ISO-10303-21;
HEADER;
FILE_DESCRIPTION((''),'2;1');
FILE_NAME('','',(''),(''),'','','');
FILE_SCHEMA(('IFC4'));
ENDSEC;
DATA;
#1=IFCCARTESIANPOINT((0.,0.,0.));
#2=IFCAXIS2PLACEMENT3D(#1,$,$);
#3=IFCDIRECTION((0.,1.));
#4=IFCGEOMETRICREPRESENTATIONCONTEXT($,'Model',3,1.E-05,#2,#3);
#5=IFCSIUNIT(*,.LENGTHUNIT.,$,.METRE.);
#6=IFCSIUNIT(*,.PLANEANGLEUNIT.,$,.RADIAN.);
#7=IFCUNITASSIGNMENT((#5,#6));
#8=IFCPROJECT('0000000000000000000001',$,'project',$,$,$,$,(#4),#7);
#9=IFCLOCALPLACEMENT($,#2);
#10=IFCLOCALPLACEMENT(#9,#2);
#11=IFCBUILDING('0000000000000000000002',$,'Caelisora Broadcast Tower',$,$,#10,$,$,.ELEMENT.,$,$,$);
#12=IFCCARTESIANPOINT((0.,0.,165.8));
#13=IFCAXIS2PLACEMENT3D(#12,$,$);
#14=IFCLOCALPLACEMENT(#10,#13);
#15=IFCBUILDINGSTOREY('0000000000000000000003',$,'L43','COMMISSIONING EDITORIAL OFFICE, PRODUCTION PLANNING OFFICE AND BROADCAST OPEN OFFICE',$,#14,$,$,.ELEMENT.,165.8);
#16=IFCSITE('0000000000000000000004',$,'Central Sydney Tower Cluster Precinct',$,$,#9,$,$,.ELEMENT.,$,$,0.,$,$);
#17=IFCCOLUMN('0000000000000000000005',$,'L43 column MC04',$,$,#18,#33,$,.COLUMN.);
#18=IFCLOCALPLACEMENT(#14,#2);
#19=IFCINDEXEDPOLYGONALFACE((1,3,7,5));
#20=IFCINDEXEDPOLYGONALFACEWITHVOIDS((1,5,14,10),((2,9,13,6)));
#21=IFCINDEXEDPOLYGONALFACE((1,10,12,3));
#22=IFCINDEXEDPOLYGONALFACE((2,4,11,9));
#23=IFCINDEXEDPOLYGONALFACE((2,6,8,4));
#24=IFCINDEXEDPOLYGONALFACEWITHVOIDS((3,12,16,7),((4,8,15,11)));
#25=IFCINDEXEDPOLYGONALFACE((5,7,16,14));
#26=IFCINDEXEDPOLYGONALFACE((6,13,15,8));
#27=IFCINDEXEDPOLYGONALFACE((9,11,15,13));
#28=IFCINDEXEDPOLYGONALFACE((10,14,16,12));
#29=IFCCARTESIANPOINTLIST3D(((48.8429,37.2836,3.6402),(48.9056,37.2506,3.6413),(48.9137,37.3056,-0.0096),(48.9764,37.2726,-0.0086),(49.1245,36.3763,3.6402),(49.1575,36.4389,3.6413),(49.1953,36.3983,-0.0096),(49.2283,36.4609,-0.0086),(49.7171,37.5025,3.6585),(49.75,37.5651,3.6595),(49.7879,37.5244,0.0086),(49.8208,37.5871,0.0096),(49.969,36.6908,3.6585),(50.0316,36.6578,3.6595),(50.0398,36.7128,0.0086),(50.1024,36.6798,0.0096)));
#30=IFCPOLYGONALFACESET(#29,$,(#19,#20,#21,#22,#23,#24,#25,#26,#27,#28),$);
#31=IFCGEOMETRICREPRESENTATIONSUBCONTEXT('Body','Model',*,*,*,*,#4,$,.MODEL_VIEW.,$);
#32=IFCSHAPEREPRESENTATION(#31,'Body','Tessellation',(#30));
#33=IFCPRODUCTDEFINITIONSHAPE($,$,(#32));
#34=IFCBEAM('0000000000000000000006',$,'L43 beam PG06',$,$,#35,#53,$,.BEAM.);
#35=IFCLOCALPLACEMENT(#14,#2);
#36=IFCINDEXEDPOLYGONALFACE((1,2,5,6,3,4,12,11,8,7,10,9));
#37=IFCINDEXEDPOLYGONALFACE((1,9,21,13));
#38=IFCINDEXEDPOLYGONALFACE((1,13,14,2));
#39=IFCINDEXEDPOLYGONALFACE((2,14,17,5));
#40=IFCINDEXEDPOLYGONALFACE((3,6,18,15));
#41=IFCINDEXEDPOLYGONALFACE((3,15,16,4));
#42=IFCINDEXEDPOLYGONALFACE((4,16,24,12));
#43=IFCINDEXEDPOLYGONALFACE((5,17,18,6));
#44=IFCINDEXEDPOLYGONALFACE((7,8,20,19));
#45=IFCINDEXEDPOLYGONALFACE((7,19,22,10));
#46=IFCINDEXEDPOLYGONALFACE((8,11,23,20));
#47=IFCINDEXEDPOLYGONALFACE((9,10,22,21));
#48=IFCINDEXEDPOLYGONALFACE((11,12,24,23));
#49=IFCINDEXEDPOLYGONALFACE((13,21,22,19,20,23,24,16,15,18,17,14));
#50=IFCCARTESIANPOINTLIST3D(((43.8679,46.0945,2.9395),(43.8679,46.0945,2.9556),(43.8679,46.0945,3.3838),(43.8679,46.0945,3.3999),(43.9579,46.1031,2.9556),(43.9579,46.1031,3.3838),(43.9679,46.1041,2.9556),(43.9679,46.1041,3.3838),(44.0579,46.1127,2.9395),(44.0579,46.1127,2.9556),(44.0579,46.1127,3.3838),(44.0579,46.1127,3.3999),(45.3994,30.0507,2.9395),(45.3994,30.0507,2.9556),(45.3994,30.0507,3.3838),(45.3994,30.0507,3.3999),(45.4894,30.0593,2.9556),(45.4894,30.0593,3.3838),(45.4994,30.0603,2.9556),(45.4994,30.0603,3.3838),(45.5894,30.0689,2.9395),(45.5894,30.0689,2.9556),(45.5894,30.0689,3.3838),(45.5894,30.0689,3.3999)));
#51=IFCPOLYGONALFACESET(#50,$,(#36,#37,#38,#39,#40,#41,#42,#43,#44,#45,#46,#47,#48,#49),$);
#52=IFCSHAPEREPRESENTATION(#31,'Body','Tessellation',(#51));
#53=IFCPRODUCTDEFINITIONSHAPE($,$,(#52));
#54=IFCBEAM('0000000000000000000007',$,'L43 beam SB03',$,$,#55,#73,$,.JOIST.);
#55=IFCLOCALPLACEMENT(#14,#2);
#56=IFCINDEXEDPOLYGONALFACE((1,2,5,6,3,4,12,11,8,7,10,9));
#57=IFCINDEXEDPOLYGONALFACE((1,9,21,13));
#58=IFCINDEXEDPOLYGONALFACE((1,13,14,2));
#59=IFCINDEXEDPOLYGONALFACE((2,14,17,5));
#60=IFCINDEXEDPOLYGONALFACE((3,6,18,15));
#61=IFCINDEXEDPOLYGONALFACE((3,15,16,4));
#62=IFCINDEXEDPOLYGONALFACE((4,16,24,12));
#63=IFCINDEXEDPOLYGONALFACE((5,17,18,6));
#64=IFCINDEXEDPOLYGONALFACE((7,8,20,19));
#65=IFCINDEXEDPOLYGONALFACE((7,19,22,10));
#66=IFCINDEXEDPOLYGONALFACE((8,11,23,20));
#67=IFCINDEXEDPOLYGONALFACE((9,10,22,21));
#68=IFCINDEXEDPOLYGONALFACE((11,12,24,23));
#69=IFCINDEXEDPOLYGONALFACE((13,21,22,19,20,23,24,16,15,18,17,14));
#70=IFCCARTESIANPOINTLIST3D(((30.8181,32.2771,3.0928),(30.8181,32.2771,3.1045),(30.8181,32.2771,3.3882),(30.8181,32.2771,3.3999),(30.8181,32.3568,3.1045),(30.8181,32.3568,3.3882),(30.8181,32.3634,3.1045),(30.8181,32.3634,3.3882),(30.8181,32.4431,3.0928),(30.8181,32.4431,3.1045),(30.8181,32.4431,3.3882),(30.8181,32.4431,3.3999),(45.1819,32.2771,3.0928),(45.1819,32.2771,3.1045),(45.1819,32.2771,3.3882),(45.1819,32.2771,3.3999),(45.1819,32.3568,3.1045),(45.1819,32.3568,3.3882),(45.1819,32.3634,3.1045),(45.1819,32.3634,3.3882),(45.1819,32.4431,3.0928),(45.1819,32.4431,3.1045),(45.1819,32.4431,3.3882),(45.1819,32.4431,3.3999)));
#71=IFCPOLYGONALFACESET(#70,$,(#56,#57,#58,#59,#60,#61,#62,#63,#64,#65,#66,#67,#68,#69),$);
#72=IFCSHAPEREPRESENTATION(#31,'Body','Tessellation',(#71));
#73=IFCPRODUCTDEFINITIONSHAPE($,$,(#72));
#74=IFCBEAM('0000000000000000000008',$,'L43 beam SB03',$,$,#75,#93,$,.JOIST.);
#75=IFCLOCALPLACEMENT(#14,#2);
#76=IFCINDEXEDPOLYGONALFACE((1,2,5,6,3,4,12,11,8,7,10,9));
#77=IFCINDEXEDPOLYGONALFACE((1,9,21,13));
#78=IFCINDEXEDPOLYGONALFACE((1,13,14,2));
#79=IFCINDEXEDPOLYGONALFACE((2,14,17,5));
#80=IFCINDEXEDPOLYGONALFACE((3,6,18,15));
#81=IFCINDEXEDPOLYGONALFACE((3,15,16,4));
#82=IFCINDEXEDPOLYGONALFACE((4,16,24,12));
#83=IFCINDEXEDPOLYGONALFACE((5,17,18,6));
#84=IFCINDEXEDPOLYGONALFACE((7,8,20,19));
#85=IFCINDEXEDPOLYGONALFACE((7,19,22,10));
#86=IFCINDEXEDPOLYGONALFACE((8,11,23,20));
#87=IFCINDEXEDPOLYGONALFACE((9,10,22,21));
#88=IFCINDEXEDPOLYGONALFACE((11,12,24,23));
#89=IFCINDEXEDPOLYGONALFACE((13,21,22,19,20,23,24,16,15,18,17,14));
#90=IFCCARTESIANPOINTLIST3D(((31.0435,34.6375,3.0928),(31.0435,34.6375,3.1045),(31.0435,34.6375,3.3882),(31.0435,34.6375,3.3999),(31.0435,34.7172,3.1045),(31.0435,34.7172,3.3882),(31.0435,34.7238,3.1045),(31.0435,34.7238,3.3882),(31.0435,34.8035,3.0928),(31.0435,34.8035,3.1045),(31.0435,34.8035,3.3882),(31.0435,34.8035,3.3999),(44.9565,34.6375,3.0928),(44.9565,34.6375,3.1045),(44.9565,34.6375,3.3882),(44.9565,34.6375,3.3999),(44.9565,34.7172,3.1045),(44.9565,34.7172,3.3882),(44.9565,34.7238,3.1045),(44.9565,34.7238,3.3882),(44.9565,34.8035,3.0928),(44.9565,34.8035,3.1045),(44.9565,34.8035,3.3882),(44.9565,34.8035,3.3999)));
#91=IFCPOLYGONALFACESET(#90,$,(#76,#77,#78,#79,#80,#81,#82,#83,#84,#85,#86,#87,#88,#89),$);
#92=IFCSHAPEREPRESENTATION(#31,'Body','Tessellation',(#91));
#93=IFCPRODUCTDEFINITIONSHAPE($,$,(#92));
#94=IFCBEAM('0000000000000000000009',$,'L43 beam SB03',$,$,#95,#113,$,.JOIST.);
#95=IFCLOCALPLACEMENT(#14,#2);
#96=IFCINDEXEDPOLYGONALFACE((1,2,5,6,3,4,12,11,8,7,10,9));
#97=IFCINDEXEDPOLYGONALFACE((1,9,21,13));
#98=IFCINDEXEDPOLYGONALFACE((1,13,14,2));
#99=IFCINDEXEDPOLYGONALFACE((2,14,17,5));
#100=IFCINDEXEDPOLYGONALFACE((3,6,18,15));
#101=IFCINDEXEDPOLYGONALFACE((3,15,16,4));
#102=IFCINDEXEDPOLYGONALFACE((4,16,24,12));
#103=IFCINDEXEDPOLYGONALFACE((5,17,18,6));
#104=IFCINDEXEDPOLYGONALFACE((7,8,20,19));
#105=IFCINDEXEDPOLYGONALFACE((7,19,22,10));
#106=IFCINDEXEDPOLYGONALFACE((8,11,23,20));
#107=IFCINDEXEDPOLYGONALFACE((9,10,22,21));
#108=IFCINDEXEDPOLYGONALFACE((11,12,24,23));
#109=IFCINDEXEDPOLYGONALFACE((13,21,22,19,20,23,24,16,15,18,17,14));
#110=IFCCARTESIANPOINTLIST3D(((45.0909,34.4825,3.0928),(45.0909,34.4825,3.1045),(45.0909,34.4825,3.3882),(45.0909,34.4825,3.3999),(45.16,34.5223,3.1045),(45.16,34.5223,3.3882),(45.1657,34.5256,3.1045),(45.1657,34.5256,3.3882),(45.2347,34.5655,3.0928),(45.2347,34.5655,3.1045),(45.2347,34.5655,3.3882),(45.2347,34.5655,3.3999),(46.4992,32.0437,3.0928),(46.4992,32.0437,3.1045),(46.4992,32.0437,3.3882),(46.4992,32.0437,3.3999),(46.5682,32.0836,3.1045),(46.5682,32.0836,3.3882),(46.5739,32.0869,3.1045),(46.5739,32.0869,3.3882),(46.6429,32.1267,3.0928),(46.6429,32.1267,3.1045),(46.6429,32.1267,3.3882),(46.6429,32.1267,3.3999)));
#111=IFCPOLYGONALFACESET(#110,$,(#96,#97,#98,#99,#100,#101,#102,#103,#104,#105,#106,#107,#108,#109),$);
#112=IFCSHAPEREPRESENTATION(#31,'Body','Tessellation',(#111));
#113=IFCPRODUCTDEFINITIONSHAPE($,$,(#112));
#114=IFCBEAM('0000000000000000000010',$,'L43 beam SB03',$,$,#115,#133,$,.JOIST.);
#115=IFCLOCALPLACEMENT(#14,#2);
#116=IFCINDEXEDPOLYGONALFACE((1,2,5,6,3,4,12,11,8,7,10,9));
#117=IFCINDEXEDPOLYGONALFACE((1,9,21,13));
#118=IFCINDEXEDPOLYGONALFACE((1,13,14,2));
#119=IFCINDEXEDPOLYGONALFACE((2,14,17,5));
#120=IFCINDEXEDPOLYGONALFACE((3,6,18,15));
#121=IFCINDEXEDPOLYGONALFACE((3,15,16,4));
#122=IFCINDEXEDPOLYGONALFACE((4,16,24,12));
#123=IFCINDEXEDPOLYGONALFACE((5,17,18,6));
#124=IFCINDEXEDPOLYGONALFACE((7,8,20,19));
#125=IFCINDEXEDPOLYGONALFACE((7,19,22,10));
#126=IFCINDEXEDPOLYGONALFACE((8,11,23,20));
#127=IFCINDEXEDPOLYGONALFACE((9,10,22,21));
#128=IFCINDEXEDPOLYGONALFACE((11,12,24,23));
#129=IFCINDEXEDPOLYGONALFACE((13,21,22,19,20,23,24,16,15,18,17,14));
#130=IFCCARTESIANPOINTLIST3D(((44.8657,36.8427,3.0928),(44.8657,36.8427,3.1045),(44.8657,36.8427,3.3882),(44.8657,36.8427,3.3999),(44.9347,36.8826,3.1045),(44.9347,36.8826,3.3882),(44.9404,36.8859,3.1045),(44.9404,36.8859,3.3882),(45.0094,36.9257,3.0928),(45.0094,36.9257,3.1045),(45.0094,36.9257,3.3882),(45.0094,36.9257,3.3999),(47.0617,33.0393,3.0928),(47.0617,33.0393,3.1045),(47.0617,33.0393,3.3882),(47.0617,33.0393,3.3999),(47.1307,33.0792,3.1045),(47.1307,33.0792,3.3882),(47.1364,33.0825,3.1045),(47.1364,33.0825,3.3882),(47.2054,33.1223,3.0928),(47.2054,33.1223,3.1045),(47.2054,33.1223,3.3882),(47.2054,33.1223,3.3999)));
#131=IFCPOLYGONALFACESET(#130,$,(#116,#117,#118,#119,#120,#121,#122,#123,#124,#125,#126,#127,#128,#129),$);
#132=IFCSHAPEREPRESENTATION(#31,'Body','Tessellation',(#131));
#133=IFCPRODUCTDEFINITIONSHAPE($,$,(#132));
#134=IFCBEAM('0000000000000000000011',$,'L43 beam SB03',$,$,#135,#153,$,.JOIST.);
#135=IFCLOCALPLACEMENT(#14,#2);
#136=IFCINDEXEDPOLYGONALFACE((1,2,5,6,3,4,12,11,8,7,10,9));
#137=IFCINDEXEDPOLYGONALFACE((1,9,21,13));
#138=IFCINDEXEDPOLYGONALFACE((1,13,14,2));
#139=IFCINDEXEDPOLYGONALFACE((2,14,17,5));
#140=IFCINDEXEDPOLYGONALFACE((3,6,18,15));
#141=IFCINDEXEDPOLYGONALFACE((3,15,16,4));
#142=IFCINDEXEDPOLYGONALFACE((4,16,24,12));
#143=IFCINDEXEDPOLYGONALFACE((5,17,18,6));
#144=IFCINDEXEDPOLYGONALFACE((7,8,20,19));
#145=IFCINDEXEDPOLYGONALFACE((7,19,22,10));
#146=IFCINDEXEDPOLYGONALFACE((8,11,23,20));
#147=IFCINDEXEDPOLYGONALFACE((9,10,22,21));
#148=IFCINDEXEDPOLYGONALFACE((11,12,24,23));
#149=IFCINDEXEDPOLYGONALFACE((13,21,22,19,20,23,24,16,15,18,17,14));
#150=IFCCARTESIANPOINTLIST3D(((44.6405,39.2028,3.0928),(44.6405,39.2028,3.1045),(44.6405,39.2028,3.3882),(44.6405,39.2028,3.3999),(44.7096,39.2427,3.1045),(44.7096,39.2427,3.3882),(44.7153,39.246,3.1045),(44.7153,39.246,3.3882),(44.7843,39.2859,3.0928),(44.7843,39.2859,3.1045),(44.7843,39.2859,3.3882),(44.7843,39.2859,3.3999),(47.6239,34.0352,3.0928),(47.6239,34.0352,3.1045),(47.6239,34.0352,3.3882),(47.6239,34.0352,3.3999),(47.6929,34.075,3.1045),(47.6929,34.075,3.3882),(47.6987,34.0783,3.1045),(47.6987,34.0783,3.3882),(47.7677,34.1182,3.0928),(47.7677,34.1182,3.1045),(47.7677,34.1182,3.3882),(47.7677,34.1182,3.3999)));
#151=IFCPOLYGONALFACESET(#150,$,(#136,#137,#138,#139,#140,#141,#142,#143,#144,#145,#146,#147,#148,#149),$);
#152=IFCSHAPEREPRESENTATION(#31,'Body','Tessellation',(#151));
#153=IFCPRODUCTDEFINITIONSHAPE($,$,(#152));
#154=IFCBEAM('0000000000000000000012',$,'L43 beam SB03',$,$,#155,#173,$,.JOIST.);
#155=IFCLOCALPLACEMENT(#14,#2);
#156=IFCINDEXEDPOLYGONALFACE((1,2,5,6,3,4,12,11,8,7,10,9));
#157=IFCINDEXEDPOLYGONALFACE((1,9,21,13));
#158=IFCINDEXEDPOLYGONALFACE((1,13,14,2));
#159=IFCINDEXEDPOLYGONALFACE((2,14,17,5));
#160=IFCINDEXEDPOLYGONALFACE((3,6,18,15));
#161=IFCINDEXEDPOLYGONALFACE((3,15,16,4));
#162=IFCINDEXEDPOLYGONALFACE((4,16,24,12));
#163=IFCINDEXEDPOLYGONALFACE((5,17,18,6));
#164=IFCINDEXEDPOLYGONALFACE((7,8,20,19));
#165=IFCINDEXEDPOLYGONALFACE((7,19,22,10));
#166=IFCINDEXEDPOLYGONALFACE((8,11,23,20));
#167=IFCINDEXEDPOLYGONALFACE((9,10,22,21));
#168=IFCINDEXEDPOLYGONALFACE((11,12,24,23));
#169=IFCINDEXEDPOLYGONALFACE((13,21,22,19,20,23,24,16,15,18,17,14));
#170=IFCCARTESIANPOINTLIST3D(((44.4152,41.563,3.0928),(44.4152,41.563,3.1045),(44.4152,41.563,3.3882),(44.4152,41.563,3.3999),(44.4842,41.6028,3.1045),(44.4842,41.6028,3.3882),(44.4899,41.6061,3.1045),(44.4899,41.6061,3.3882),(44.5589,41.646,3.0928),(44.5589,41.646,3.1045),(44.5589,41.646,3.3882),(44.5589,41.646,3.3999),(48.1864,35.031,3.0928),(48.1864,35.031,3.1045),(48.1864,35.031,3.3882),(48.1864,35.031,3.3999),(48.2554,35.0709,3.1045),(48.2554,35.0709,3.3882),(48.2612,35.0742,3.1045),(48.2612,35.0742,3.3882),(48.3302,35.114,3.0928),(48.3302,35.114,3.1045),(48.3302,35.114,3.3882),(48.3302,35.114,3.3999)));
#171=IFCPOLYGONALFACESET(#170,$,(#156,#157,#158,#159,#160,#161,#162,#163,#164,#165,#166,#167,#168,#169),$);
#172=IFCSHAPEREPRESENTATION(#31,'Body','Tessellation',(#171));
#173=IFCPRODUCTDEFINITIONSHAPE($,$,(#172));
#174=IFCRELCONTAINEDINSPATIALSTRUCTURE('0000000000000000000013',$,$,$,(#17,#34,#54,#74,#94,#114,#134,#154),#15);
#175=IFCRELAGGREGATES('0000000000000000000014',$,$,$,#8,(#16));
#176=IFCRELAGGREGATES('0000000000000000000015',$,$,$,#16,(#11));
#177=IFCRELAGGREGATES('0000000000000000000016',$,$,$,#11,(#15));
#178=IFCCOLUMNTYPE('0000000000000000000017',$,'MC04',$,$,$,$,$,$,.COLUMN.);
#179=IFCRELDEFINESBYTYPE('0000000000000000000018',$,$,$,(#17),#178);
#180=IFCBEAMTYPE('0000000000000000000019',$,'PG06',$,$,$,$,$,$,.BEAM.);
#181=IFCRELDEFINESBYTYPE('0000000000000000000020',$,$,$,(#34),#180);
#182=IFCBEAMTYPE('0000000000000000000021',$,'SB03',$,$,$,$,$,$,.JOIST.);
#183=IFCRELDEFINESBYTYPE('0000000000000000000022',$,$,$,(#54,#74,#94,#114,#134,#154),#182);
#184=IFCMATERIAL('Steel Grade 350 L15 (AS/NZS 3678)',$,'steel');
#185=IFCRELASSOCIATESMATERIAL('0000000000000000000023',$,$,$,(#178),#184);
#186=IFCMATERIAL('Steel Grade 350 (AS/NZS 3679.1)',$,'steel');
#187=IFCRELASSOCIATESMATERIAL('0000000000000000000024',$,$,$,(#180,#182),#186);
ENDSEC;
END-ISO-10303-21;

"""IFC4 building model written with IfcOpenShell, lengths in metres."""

from ifc_helpers import new_model, si_unit, direction, frame, origin, origin_2d, place, context, subcontext, project, spatial, hollow_rectangle, i_section, extrude, source, transform, mapped, material, material_profile, profile_set, type_object, type_shapes, element, save


model = new_model("IFC4")

# Units and contexts
model_context = context("Model", 3, precision=1e-05, world=origin(), true_north=direction((0.0, 1.0)))
body_context = subcontext(model_context, "Body", "Model", "MODEL_VIEW")
ifc_project = project(units=[si_unit("LENGTHUNIT", "METRE"), si_unit("PLANEANGLEUNIT", "RADIAN")], contexts=[model_context])

# Site, building, storey
site_placement = place(None, origin())
site = spatial("IfcSite", under=ifc_project, at=site_placement, Name="Central Sydney Tower Cluster Precinct", CompositionType="ELEMENT", RefElevation=0.0)
building_placement = place(site_placement, origin())
building = spatial("IfcBuilding", under=site, at=building_placement, Name="Caelisora Broadcast Tower", CompositionType="ELEMENT")
storey_placement = place(building_placement, frame((0.0, 0.0, 165.8)))
storey = spatial("IfcBuildingStorey", under=building, at=storey_placement, Name="L43", Description="COMMISSIONING EDITORIAL OFFICE, PRODUCTION PLANNING OFFICE AND BROADCAST OPEN OFFICE", CompositionType="ELEMENT", Elevation=165.8)

# Column
ifc_material_1 = material(Name="Steel Grade 350 L15 (AS/NZS 3678)", Category="steel")
ifc_material_profile_1 = material_profile(ifc_material_1, hollow_rectangle(XDim=0.95, YDim=0.95, WallThickness=0.05, at=origin_2d()), Name="Steel Grade 350 L15 (AS/NZS 3678)")
ifc_profile_set_1 = profile_set([ifc_material_profile_1], Name="Steel Grade 350 L15 (AS/NZS 3678)")
column_type = type_object("IfcColumnType", Name="MC04", PredefinedType="COLUMN", material=ifc_profile_set_1)
shared_shape_1 = source(origin(), body_context, "Body", "SweptSolid", [
    extrude(hollow_rectangle(XDim=0.95, YDim=0.95, WallThickness=0.05, at=origin_2d()), origin(), (0.0, 0.0, 1.0), 3.6506),
])
type_shapes(column_type, [shared_shape_1])
column_placement = place(storey_placement, frame((49.5081, 36.9927, 0.0), z_axis=(-0.019394, -0.006019, 0.999794), x_axis=(0.296399, -0.955064, 0.0)))
element("IfcColumn", 1, at=column_placement, inside=storey, type_object=column_type, Name="L43 column MC04", PredefinedType="COLUMN", context=body_context, shape_type="MappedRepresentation", body=[
    mapped(shared_shape_1, transform((0.0, 0.0, 0.0), scale=1.0)),
])

# Beams
ifc_material_2 = material(Name="Steel Grade 350 (AS/NZS 3679.1)", Category="steel")
ifc_material_profile_2 = material_profile(ifc_material_2, i_section(OverallWidth=0.1909, OverallDepth=0.4604, WebThickness=0.01, FlangeThickness=0.0161, at=origin_2d()), Name="Steel Grade 350 (AS/NZS 3679.1)")
ifc_profile_set_2 = profile_set([ifc_material_profile_2], Name="Steel Grade 350 (AS/NZS 3679.1)")
beam_type_1 = type_object("IfcBeamType", Name="PG06", PredefinedType="BEAM", material=ifc_profile_set_2)
shared_shape_2 = source(origin(), body_context, "Body", "SweptSolid", [
    extrude(i_section(OverallWidth=0.1909, OverallDepth=0.4604, WebThickness=0.01, FlangeThickness=0.0161, at=origin_2d()), origin(), (0.0, 0.0, 1.0), 16.1167),
])
type_shapes(beam_type_1, [shared_shape_2])
beam_1_placement = place(storey_placement, frame((45.4944, 30.0598, 3.1697), z_axis=(-0.095026, 0.995475, 0.0), x_axis=(-0.995475, -0.095026, 0.0)))
element("IfcBeam", 2, at=beam_1_placement, inside=storey, type_object=beam_type_1, Name="L43 beam PG06", PredefinedType="BEAM", context=body_context, shape_type="MappedRepresentation", body=[
    mapped(shared_shape_2, transform((0.0, 0.0, 0.0), scale=1.0)),
])
ifc_material_profile_3 = material_profile(ifc_material_2, i_section(OverallWidth=0.166, OverallDepth=0.3071, WebThickness=0.0066, FlangeThickness=0.0117, at=origin_2d()), Name="Steel Grade 350 (AS/NZS 3679.1)")
ifc_profile_set_3 = profile_set([ifc_material_profile_3], Name="Steel Grade 350 (AS/NZS 3679.1)")
beam_type_2 = type_object("IfcBeamType", Name="SB03", PredefinedType="JOIST", material=ifc_profile_set_3)
shared_shape_3 = source(origin(), body_context, "Body", "SweptSolid", [
    extrude(i_section(OverallWidth=0.166, OverallDepth=0.3071, WebThickness=0.0066, FlangeThickness=0.0117, at=origin_2d()), origin(), (0.0, 0.0, 1.0), 14.3638),
])
beam_2_placement = place(storey_placement, frame((45.1819, 32.3601, 3.2463), z_axis=(-1.0, 0.0, 0.0), x_axis=(0.0, -1.0, 0.0)))
element("IfcBeam", 3, at=beam_2_placement, inside=storey, type_object=beam_type_2, Name="L43 beam SB03", PredefinedType="JOIST", context=body_context, shape_type="MappedRepresentation", body=[
    mapped(shared_shape_3, transform((0.0, 0.0, 0.0), scale=1.0)),
])
shared_shape_4 = source(origin(), body_context, "Body", "SweptSolid", [
    extrude(i_section(OverallWidth=0.166, OverallDepth=0.3071, WebThickness=0.0066, FlangeThickness=0.0117, at=origin_2d()), origin(), (0.0, 0.0, 1.0), 13.9131),
])
beam_3_placement = place(storey_placement, frame((44.9565, 34.7205, 3.2463), z_axis=(-1.0, 0.0, 0.0), x_axis=(0.0, -1.0, 0.0)))
element("IfcBeam", 4, at=beam_3_placement, inside=storey, type_object=beam_type_2, Name="L43 beam SB03", PredefinedType="JOIST", context=body_context, shape_type="MappedRepresentation", body=[
    mapped(shared_shape_4, transform((0.0, 0.0, 0.0), scale=1.0)),
])
shared_shape_5 = source(origin(), body_context, "Body", "SweptSolid", [
    extrude(i_section(OverallWidth=0.166, OverallDepth=0.3071, WebThickness=0.0066, FlangeThickness=0.0117, at=origin_2d()), origin(), (0.0, 0.0, 1.0), 2.8162),
])
beam_4_placement = place(storey_placement, frame((46.571, 32.0852, 3.2463), z_axis=(-0.500055, 0.865994, 0.0), x_axis=(-0.865994, -0.500055, 0.0)))
element("IfcBeam", 5, at=beam_4_placement, inside=storey, type_object=beam_type_2, Name="L43 beam SB03", PredefinedType="JOIST", context=body_context, shape_type="MappedRepresentation", body=[
    mapped(shared_shape_5, transform((0.0, 0.0, 0.0), scale=1.0)),
])
shared_shape_6 = source(origin(), body_context, "Body", "SweptSolid", [
    extrude(i_section(OverallWidth=0.166, OverallDepth=0.3071, WebThickness=0.0066, FlangeThickness=0.0117, at=origin_2d()), origin(), (0.0, 0.0, 1.0), 4.3918),
])
beam_5_placement = place(storey_placement, frame((47.1335, 33.0808, 3.2463), z_axis=(-0.500019, 0.866014, 0.0), x_axis=(-0.866014, -0.500019, 0.0)))
element("IfcBeam", 6, at=beam_5_placement, inside=storey, type_object=beam_type_2, Name="L43 beam SB03", PredefinedType="JOIST", context=body_context, shape_type="MappedRepresentation", body=[
    mapped(shared_shape_6, transform((0.0, 0.0, 0.0), scale=1.0)),
])
shared_shape_7 = source(origin(), body_context, "Body", "SweptSolid", [
    extrude(i_section(OverallWidth=0.166, OverallDepth=0.3071, WebThickness=0.0066, FlangeThickness=0.0117, at=origin_2d()), origin(), (0.0, 0.0, 1.0), 5.967),
])
beam_6_placement = place(storey_placement, frame((47.6958, 34.0767, 3.2463), z_axis=(-0.499976, 0.866039, 0.0), x_axis=(-0.866039, -0.499976, 0.0)))
element("IfcBeam", 7, at=beam_6_placement, inside=storey, type_object=beam_type_2, Name="L43 beam SB03", PredefinedType="JOIST", context=body_context, shape_type="MappedRepresentation", body=[
    mapped(shared_shape_7, transform((0.0, 0.0, 0.0), scale=1.0)),
])
shared_shape_8 = source(origin(), body_context, "Body", "SweptSolid", [
    extrude(i_section(OverallWidth=0.166, OverallDepth=0.3071, WebThickness=0.0066, FlangeThickness=0.0117, at=origin_2d()), origin(), (0.0, 0.0, 1.0), 7.5425),
])
beam_7_placement = place(storey_placement, frame((48.2583, 35.0725, 3.2463), z_axis=(-0.5, 0.866025, 0.0), x_axis=(-0.866025, -0.5, 0.0)))
element("IfcBeam", 8, at=beam_7_placement, inside=storey, type_object=beam_type_2, Name="L43 beam SB03", PredefinedType="JOIST", context=body_context, shape_type="MappedRepresentation", body=[
    mapped(shared_shape_8, transform((0.0, 0.0, 0.0), scale=1.0)),
])

save(model, "model.ifc")
